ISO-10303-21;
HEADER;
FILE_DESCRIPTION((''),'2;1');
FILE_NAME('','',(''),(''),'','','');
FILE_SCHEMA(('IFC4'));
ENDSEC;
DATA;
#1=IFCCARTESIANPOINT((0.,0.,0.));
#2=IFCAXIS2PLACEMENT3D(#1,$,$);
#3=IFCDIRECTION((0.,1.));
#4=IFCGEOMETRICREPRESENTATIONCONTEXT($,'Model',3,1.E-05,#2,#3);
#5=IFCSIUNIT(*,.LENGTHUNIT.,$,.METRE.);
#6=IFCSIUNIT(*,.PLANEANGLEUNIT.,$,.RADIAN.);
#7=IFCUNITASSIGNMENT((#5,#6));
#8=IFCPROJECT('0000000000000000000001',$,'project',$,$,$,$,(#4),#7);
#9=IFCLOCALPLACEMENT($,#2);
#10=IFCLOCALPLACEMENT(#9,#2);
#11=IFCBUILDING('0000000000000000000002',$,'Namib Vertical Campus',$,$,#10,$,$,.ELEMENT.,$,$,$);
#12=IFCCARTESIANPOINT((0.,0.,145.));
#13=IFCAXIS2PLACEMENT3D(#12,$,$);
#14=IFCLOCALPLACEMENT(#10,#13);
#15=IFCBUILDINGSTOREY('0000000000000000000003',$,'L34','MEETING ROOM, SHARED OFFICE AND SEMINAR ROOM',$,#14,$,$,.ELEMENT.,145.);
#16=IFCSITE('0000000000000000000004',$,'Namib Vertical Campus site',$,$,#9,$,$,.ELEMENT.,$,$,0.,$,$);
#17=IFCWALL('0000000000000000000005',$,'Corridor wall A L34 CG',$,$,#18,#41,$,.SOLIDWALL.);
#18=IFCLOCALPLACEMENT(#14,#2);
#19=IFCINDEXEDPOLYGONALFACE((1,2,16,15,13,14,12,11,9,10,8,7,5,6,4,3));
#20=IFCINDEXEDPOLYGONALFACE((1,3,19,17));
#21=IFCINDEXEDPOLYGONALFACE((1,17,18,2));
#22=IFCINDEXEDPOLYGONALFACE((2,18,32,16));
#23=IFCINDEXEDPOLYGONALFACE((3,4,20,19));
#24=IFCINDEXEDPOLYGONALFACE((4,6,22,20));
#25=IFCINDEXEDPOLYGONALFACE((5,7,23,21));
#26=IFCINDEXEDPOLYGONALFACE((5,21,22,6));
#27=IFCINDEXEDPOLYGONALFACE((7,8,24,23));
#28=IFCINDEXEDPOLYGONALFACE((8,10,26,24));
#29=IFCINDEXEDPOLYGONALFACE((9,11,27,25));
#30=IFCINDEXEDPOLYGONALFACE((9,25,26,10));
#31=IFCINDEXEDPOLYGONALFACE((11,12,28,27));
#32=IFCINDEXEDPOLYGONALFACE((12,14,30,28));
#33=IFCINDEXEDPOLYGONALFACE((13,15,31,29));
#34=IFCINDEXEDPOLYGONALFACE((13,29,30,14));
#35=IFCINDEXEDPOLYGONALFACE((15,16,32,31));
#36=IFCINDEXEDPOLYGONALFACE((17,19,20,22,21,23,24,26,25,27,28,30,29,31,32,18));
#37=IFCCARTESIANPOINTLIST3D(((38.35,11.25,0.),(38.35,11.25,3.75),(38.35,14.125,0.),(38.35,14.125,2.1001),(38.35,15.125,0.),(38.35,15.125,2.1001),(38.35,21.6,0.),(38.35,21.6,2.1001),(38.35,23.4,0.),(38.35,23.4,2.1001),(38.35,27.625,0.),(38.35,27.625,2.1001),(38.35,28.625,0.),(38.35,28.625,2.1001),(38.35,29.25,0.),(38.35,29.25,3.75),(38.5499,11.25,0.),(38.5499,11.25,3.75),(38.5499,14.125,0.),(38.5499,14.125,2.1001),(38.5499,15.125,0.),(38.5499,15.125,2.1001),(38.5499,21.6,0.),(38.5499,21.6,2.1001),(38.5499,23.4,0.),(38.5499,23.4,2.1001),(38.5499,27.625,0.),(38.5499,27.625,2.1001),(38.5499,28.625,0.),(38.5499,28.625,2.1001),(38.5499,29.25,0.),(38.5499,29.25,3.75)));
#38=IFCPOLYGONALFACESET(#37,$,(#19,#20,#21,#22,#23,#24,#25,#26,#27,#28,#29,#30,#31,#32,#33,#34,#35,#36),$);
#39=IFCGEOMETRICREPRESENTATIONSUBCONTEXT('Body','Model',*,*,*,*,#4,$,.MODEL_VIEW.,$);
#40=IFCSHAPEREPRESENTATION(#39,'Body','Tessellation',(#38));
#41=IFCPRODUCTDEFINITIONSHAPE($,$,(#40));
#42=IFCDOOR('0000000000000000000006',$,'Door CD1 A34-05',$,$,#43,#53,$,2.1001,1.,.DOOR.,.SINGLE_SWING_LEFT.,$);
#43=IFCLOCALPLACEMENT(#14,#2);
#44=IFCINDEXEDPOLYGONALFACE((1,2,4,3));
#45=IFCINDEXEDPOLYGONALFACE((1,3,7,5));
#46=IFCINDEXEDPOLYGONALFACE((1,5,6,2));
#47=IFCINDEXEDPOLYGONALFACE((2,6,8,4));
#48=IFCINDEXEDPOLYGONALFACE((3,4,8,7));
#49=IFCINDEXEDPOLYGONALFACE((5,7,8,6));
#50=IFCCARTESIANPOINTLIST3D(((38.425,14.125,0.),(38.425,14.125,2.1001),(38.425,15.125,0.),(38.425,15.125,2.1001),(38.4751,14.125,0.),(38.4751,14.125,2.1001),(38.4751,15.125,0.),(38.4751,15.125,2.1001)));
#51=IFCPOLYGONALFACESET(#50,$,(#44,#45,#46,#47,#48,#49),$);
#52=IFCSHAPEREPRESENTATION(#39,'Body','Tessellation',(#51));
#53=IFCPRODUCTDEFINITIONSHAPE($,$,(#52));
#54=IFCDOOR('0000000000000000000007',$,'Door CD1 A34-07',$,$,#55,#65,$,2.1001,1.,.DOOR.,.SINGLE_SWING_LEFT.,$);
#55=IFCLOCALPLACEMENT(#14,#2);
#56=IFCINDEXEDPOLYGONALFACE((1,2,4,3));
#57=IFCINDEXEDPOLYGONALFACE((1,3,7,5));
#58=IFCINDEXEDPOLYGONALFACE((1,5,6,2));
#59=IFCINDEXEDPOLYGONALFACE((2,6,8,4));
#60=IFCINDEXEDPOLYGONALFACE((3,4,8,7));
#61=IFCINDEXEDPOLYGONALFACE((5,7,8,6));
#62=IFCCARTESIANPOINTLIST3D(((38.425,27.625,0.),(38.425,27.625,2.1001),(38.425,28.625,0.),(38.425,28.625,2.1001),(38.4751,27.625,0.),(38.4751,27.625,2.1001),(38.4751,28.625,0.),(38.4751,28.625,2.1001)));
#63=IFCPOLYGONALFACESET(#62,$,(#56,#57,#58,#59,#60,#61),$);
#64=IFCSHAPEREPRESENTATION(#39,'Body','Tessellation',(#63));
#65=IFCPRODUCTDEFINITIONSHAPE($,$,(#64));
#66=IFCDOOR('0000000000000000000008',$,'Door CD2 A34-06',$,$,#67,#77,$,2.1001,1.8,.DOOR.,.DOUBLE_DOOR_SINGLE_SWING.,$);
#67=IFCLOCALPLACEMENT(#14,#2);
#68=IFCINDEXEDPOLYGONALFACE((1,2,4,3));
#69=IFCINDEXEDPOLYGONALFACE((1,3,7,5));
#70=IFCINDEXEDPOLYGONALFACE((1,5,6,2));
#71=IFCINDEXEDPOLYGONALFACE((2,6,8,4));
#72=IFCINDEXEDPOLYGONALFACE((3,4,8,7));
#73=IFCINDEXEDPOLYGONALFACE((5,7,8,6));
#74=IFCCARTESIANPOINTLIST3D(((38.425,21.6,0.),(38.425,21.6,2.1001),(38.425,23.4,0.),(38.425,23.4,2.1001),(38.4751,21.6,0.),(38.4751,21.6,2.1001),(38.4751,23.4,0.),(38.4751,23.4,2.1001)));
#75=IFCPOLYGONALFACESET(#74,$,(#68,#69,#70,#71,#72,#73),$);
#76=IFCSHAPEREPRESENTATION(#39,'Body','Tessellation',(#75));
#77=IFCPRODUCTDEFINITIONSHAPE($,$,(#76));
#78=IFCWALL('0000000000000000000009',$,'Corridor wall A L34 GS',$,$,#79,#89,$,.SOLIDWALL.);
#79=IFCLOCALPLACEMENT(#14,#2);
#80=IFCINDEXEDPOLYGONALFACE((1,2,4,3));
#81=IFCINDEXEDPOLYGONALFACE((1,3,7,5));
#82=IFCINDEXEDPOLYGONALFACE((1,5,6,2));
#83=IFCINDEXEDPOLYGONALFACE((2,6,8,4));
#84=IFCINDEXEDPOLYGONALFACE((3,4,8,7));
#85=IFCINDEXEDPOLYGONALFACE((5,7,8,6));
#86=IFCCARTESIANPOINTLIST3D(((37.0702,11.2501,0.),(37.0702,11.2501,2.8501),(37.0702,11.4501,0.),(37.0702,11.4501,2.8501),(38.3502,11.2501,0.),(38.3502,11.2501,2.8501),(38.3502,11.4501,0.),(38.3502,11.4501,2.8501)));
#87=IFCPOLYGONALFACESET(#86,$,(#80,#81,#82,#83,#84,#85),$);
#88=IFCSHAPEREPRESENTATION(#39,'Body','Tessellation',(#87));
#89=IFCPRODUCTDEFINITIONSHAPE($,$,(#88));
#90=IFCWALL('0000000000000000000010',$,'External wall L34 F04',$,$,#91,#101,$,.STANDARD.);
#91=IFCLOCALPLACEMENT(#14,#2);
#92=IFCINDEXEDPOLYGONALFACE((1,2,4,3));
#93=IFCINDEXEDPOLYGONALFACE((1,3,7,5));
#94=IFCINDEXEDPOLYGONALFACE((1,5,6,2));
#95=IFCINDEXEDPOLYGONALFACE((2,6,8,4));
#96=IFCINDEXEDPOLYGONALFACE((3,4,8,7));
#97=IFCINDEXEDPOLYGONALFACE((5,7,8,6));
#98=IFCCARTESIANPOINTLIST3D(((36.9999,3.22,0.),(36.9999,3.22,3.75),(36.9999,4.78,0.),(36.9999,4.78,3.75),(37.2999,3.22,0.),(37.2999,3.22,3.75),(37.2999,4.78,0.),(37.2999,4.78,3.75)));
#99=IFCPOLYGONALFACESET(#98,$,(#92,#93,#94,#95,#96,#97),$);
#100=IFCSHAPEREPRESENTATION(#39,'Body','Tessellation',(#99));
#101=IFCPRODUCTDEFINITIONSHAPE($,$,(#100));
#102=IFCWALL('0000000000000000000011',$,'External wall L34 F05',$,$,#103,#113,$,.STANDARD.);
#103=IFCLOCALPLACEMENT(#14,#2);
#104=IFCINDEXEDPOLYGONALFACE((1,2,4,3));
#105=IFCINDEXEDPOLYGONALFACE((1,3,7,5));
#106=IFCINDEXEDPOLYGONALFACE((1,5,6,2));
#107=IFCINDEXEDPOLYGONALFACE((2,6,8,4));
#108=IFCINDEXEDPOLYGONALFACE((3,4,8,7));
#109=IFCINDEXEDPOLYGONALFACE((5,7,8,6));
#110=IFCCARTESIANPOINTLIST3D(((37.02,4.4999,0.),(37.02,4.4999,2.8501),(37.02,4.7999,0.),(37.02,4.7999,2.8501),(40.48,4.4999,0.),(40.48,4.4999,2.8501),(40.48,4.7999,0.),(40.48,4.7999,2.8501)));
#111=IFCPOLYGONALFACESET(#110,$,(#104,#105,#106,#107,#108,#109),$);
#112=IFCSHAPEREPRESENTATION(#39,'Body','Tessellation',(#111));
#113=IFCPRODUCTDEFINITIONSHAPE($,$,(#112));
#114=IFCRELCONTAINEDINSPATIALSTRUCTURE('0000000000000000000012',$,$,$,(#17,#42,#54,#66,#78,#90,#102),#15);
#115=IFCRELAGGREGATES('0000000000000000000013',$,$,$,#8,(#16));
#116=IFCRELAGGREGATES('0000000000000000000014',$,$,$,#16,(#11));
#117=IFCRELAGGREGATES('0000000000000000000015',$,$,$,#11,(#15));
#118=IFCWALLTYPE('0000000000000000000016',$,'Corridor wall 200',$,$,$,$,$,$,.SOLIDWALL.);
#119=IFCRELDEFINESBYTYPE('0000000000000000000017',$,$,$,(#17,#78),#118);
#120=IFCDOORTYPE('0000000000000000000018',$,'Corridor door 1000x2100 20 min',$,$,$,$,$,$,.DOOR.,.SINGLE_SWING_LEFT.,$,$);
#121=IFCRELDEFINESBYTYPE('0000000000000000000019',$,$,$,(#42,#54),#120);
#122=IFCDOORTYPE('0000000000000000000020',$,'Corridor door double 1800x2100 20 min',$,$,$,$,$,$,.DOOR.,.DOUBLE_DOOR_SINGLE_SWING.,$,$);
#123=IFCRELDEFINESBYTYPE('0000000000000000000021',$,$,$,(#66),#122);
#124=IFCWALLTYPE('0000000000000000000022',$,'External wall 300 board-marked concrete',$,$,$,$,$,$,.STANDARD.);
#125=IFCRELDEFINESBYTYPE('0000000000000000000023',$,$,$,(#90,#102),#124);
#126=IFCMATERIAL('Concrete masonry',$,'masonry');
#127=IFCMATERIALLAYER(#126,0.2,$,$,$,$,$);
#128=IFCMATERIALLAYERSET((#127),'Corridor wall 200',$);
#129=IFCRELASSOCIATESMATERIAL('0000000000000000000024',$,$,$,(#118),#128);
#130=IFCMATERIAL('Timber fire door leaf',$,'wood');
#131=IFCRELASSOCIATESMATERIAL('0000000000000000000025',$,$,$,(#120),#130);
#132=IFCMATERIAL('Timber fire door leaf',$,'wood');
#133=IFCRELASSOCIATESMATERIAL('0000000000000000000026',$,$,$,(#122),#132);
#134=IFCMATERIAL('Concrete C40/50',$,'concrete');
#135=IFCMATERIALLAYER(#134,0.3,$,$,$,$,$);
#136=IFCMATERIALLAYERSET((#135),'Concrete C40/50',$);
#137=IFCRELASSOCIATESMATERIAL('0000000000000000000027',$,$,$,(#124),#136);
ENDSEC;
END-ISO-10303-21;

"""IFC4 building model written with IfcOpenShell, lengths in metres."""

from ifc_helpers import new_model, si_unit, direction, frame, frame_2d, origin, place, context, subcontext, project, spatial, rectangle, extrude, material, layer, layer_set, type_object, element, fill, save


model = new_model("IFC4")

# Units and contexts
model_context = context("Model", 3, precision=1e-05, world=origin(), true_north=direction((0.0, 1.0)))
body_context = subcontext(model_context, "Body", "Model", "MODEL_VIEW")
ifc_project = project(units=[si_unit("LENGTHUNIT", "METRE"), si_unit("PLANEANGLEUNIT", "RADIAN")], contexts=[model_context])

# Site, building, storey
site_placement = place(None, origin())
site = spatial("IfcSite", under=ifc_project, at=site_placement, Name="Namib Vertical Campus site", CompositionType="ELEMENT", RefElevation=0.0)
building_placement = place(site_placement, origin())
building = spatial("IfcBuilding", under=site, at=building_placement, Name="Namib Vertical Campus", CompositionType="ELEMENT")
storey_placement = place(building_placement, frame((0.0, 0.0, 145.0)))
storey = spatial("IfcBuildingStorey", under=building, at=storey_placement, Name="L34", Description="MEETING ROOM, SHARED OFFICE AND SEMINAR ROOM", CompositionType="ELEMENT", Elevation=145.0)

# Wall, openings, doors
ifc_material_1 = material(Name="Concrete masonry", Category="masonry")
ifc_layer_1 = layer(ifc_material_1, 0.2)
ifc_layer_set_1 = layer_set([ifc_layer_1], Name="Corridor wall 200")
wall_type_1 = type_object("IfcWallType", Name="Corridor wall 200", PredefinedType="SOLIDWALL", material=ifc_layer_set_1)
wall_1_placement = place(storey_placement, frame((38.45, 11.25, 0.0), z_axis=(0.0, 0.0, 1.0), x_axis=(0.0, 1.0, 0.0)))
wall_1 = element("IfcWall", 1, at=wall_1_placement, inside=storey, type_object=wall_type_1, Name="Corridor wall A L34 CG", PredefinedType="SOLIDWALL", context=body_context, shape_type="SweptSolid", body=[
    extrude(rectangle(XDim=18.0, YDim=0.2, at=frame_2d((9.0, 0.0))), origin(), (0.0, 0.0, 1.0), 3.75),
])
opening_1_placement = place(wall_1_placement, frame((2.875, 0.0, 0.0)))
opening_1 = element("IfcOpeningElement", 2, at=opening_1_placement, cuts=wall_1, PredefinedType="OPENING", context=body_context, shape_type="SweptSolid", body=[
    extrude(rectangle(XDim=1.0, YDim=2.1001, at=frame_2d((0.5, 1.05))), frame((0.0, 0.1099, 0.0), z_axis=(0.0, -1.0, 0.0), x_axis=(1.0, 0.0, 0.0)), (0.0, 0.0, 1.0), 0.22),
])
opening_2_placement = place(wall_1_placement, frame((10.3501, 0.0, 0.0)))
opening_2 = element("IfcOpeningElement", 3, at=opening_2_placement, cuts=wall_1, PredefinedType="OPENING", context=body_context, shape_type="SweptSolid", body=[
    extrude(rectangle(XDim=1.8, YDim=2.1001, at=frame_2d((0.8999, 1.05))), frame((0.0, 0.1099, 0.0), z_axis=(0.0, -1.0, 0.0), x_axis=(1.0, 0.0, 0.0)), (0.0, 0.0, 1.0), 0.22),
])
opening_3_placement = place(wall_1_placement, frame((16.375, 0.0, 0.0)))
opening_3 = element("IfcOpeningElement", 4, at=opening_3_placement, cuts=wall_1, PredefinedType="OPENING", context=body_context, shape_type="SweptSolid", body=[
    extrude(rectangle(XDim=1.0, YDim=2.1001, at=frame_2d((0.5, 1.05))), frame((0.0, 0.1099, 0.0), z_axis=(0.0, -1.0, 0.0), x_axis=(1.0, 0.0, 0.0)), (0.0, 0.0, 1.0), 0.22),
])
ifc_material_2 = material(Name="Timber fire door leaf", Category="wood")
door_type_1 = type_object("IfcDoorType", Name="Corridor door 1000x2100 20 min", OperationType="SINGLE_SWING_LEFT", PredefinedType="DOOR", material=ifc_material_2)
door_1_placement = place(opening_1_placement, origin())
door_1 = element("IfcDoor", 5, at=door_1_placement, inside=storey, type_object=door_type_1, Name="Door CD1 A34-05", OperationType="SINGLE_SWING_LEFT", OverallHeight=2.1001, OverallWidth=1.0, PredefinedType="DOOR", context=body_context, shape_type="SweptSolid", body=[
    extrude(rectangle(XDim=1.0, YDim=2.1001, at=frame_2d((0.5, 1.05))), frame((0.0, 0.0249, 0.0), z_axis=(0.0, -1.0, 0.0), x_axis=(1.0, 0.0, 0.0)), (0.0, 0.0, 1.0), 0.05),
])
fill(opening_1, door_1)
door_2_placement = place(opening_3_placement, origin())
door_2 = element("IfcDoor", 6, at=door_2_placement, inside=storey, type_object=door_type_1, Name="Door CD1 A34-07", OperationType="SINGLE_SWING_LEFT", OverallHeight=2.1001, OverallWidth=1.0, PredefinedType="DOOR", context=body_context, shape_type="SweptSolid", body=[
    extrude(rectangle(XDim=1.0, YDim=2.1001, at=frame_2d((0.5, 1.05))), frame((0.0, 0.0249, 0.0), z_axis=(0.0, -1.0, 0.0), x_axis=(1.0, 0.0, 0.0)), (0.0, 0.0, 1.0), 0.05),
])
fill(opening_3, door_2)
ifc_material_3 = material(Name="Timber fire door leaf", Category="wood")
door_type_2 = type_object("IfcDoorType", Name="Corridor door double 1800x2100 20 min", OperationType="DOUBLE_DOOR_SINGLE_SWING", PredefinedType="DOOR", material=ifc_material_3)
door_3_placement = place(opening_2_placement, origin())
door_3 = element("IfcDoor", 7, at=door_3_placement, inside=storey, type_object=door_type_2, Name="Door CD2 A34-06", OperationType="DOUBLE_DOOR_SINGLE_SWING", OverallHeight=2.1001, OverallWidth=1.8, PredefinedType="DOOR", context=body_context, shape_type="SweptSolid", body=[
    extrude(rectangle(XDim=1.8, YDim=2.1001, at=frame_2d((0.8999, 1.05))), frame((0.0, 0.0249, 0.0), z_axis=(0.0, -1.0, 0.0), x_axis=(1.0, 0.0, 0.0)), (0.0, 0.0, 1.0), 0.05),
])
fill(opening_2, door_3)

# Walls
wall_2_placement = place(storey_placement, frame((37.0701, 11.3501, 0.0), z_axis=(0.0, 0.0, 1.0), x_axis=(1.0, 0.0, 0.0)))
element("IfcWall", 8, at=wall_2_placement, inside=storey, type_object=wall_type_1, Name="Corridor wall A L34 GS", PredefinedType="SOLIDWALL", context=body_context, shape_type="SweptSolid", body=[
    extrude(rectangle(XDim=1.28, YDim=0.2, at=frame_2d((0.6401, 0.0))), origin(), (0.0, 0.0, 1.0), 2.8501),
])
ifc_material_4 = material(Name="Concrete C40/50", Category="concrete")
ifc_layer_2 = layer(ifc_material_4, 0.3)
ifc_layer_set_2 = layer_set([ifc_layer_2], Name="Concrete C40/50")
wall_type_2 = type_object("IfcWallType", Name="External wall 300 board-marked concrete", PredefinedType="STANDARD", material=ifc_layer_set_2)
wall_3_placement = place(storey_placement, frame((37.1499, 3.22, 0.0), z_axis=(0.0, 0.0, 1.0), x_axis=(0.0, 1.0, 0.0)))
element("IfcWall", 9, at=wall_3_placement, inside=storey, type_object=wall_type_2, Name="External wall L34 F04", PredefinedType="STANDARD", context=body_context, shape_type="SweptSolid", body=[
    extrude(rectangle(XDim=1.5601, YDim=0.3, at=frame_2d((0.78, 0.0))), origin(), (0.0, 0.0, 1.0), 3.75),
])
wall_4_placement = place(storey_placement, frame((37.02, 4.6499, 0.0), z_axis=(0.0, 0.0, 1.0), x_axis=(1.0, 0.0, 0.0)))
element("IfcWall", 10, at=wall_4_placement, inside=storey, type_object=wall_type_2, Name="External wall L34 F05", PredefinedType="STANDARD", context=body_context, shape_type="SweptSolid", body=[
    extrude(rectangle(XDim=3.46, YDim=0.3, at=frame_2d((1.73, 0.0))), origin(), (0.0, 0.0, 1.0), 2.8501),
])

save(model, "model.ifc")
